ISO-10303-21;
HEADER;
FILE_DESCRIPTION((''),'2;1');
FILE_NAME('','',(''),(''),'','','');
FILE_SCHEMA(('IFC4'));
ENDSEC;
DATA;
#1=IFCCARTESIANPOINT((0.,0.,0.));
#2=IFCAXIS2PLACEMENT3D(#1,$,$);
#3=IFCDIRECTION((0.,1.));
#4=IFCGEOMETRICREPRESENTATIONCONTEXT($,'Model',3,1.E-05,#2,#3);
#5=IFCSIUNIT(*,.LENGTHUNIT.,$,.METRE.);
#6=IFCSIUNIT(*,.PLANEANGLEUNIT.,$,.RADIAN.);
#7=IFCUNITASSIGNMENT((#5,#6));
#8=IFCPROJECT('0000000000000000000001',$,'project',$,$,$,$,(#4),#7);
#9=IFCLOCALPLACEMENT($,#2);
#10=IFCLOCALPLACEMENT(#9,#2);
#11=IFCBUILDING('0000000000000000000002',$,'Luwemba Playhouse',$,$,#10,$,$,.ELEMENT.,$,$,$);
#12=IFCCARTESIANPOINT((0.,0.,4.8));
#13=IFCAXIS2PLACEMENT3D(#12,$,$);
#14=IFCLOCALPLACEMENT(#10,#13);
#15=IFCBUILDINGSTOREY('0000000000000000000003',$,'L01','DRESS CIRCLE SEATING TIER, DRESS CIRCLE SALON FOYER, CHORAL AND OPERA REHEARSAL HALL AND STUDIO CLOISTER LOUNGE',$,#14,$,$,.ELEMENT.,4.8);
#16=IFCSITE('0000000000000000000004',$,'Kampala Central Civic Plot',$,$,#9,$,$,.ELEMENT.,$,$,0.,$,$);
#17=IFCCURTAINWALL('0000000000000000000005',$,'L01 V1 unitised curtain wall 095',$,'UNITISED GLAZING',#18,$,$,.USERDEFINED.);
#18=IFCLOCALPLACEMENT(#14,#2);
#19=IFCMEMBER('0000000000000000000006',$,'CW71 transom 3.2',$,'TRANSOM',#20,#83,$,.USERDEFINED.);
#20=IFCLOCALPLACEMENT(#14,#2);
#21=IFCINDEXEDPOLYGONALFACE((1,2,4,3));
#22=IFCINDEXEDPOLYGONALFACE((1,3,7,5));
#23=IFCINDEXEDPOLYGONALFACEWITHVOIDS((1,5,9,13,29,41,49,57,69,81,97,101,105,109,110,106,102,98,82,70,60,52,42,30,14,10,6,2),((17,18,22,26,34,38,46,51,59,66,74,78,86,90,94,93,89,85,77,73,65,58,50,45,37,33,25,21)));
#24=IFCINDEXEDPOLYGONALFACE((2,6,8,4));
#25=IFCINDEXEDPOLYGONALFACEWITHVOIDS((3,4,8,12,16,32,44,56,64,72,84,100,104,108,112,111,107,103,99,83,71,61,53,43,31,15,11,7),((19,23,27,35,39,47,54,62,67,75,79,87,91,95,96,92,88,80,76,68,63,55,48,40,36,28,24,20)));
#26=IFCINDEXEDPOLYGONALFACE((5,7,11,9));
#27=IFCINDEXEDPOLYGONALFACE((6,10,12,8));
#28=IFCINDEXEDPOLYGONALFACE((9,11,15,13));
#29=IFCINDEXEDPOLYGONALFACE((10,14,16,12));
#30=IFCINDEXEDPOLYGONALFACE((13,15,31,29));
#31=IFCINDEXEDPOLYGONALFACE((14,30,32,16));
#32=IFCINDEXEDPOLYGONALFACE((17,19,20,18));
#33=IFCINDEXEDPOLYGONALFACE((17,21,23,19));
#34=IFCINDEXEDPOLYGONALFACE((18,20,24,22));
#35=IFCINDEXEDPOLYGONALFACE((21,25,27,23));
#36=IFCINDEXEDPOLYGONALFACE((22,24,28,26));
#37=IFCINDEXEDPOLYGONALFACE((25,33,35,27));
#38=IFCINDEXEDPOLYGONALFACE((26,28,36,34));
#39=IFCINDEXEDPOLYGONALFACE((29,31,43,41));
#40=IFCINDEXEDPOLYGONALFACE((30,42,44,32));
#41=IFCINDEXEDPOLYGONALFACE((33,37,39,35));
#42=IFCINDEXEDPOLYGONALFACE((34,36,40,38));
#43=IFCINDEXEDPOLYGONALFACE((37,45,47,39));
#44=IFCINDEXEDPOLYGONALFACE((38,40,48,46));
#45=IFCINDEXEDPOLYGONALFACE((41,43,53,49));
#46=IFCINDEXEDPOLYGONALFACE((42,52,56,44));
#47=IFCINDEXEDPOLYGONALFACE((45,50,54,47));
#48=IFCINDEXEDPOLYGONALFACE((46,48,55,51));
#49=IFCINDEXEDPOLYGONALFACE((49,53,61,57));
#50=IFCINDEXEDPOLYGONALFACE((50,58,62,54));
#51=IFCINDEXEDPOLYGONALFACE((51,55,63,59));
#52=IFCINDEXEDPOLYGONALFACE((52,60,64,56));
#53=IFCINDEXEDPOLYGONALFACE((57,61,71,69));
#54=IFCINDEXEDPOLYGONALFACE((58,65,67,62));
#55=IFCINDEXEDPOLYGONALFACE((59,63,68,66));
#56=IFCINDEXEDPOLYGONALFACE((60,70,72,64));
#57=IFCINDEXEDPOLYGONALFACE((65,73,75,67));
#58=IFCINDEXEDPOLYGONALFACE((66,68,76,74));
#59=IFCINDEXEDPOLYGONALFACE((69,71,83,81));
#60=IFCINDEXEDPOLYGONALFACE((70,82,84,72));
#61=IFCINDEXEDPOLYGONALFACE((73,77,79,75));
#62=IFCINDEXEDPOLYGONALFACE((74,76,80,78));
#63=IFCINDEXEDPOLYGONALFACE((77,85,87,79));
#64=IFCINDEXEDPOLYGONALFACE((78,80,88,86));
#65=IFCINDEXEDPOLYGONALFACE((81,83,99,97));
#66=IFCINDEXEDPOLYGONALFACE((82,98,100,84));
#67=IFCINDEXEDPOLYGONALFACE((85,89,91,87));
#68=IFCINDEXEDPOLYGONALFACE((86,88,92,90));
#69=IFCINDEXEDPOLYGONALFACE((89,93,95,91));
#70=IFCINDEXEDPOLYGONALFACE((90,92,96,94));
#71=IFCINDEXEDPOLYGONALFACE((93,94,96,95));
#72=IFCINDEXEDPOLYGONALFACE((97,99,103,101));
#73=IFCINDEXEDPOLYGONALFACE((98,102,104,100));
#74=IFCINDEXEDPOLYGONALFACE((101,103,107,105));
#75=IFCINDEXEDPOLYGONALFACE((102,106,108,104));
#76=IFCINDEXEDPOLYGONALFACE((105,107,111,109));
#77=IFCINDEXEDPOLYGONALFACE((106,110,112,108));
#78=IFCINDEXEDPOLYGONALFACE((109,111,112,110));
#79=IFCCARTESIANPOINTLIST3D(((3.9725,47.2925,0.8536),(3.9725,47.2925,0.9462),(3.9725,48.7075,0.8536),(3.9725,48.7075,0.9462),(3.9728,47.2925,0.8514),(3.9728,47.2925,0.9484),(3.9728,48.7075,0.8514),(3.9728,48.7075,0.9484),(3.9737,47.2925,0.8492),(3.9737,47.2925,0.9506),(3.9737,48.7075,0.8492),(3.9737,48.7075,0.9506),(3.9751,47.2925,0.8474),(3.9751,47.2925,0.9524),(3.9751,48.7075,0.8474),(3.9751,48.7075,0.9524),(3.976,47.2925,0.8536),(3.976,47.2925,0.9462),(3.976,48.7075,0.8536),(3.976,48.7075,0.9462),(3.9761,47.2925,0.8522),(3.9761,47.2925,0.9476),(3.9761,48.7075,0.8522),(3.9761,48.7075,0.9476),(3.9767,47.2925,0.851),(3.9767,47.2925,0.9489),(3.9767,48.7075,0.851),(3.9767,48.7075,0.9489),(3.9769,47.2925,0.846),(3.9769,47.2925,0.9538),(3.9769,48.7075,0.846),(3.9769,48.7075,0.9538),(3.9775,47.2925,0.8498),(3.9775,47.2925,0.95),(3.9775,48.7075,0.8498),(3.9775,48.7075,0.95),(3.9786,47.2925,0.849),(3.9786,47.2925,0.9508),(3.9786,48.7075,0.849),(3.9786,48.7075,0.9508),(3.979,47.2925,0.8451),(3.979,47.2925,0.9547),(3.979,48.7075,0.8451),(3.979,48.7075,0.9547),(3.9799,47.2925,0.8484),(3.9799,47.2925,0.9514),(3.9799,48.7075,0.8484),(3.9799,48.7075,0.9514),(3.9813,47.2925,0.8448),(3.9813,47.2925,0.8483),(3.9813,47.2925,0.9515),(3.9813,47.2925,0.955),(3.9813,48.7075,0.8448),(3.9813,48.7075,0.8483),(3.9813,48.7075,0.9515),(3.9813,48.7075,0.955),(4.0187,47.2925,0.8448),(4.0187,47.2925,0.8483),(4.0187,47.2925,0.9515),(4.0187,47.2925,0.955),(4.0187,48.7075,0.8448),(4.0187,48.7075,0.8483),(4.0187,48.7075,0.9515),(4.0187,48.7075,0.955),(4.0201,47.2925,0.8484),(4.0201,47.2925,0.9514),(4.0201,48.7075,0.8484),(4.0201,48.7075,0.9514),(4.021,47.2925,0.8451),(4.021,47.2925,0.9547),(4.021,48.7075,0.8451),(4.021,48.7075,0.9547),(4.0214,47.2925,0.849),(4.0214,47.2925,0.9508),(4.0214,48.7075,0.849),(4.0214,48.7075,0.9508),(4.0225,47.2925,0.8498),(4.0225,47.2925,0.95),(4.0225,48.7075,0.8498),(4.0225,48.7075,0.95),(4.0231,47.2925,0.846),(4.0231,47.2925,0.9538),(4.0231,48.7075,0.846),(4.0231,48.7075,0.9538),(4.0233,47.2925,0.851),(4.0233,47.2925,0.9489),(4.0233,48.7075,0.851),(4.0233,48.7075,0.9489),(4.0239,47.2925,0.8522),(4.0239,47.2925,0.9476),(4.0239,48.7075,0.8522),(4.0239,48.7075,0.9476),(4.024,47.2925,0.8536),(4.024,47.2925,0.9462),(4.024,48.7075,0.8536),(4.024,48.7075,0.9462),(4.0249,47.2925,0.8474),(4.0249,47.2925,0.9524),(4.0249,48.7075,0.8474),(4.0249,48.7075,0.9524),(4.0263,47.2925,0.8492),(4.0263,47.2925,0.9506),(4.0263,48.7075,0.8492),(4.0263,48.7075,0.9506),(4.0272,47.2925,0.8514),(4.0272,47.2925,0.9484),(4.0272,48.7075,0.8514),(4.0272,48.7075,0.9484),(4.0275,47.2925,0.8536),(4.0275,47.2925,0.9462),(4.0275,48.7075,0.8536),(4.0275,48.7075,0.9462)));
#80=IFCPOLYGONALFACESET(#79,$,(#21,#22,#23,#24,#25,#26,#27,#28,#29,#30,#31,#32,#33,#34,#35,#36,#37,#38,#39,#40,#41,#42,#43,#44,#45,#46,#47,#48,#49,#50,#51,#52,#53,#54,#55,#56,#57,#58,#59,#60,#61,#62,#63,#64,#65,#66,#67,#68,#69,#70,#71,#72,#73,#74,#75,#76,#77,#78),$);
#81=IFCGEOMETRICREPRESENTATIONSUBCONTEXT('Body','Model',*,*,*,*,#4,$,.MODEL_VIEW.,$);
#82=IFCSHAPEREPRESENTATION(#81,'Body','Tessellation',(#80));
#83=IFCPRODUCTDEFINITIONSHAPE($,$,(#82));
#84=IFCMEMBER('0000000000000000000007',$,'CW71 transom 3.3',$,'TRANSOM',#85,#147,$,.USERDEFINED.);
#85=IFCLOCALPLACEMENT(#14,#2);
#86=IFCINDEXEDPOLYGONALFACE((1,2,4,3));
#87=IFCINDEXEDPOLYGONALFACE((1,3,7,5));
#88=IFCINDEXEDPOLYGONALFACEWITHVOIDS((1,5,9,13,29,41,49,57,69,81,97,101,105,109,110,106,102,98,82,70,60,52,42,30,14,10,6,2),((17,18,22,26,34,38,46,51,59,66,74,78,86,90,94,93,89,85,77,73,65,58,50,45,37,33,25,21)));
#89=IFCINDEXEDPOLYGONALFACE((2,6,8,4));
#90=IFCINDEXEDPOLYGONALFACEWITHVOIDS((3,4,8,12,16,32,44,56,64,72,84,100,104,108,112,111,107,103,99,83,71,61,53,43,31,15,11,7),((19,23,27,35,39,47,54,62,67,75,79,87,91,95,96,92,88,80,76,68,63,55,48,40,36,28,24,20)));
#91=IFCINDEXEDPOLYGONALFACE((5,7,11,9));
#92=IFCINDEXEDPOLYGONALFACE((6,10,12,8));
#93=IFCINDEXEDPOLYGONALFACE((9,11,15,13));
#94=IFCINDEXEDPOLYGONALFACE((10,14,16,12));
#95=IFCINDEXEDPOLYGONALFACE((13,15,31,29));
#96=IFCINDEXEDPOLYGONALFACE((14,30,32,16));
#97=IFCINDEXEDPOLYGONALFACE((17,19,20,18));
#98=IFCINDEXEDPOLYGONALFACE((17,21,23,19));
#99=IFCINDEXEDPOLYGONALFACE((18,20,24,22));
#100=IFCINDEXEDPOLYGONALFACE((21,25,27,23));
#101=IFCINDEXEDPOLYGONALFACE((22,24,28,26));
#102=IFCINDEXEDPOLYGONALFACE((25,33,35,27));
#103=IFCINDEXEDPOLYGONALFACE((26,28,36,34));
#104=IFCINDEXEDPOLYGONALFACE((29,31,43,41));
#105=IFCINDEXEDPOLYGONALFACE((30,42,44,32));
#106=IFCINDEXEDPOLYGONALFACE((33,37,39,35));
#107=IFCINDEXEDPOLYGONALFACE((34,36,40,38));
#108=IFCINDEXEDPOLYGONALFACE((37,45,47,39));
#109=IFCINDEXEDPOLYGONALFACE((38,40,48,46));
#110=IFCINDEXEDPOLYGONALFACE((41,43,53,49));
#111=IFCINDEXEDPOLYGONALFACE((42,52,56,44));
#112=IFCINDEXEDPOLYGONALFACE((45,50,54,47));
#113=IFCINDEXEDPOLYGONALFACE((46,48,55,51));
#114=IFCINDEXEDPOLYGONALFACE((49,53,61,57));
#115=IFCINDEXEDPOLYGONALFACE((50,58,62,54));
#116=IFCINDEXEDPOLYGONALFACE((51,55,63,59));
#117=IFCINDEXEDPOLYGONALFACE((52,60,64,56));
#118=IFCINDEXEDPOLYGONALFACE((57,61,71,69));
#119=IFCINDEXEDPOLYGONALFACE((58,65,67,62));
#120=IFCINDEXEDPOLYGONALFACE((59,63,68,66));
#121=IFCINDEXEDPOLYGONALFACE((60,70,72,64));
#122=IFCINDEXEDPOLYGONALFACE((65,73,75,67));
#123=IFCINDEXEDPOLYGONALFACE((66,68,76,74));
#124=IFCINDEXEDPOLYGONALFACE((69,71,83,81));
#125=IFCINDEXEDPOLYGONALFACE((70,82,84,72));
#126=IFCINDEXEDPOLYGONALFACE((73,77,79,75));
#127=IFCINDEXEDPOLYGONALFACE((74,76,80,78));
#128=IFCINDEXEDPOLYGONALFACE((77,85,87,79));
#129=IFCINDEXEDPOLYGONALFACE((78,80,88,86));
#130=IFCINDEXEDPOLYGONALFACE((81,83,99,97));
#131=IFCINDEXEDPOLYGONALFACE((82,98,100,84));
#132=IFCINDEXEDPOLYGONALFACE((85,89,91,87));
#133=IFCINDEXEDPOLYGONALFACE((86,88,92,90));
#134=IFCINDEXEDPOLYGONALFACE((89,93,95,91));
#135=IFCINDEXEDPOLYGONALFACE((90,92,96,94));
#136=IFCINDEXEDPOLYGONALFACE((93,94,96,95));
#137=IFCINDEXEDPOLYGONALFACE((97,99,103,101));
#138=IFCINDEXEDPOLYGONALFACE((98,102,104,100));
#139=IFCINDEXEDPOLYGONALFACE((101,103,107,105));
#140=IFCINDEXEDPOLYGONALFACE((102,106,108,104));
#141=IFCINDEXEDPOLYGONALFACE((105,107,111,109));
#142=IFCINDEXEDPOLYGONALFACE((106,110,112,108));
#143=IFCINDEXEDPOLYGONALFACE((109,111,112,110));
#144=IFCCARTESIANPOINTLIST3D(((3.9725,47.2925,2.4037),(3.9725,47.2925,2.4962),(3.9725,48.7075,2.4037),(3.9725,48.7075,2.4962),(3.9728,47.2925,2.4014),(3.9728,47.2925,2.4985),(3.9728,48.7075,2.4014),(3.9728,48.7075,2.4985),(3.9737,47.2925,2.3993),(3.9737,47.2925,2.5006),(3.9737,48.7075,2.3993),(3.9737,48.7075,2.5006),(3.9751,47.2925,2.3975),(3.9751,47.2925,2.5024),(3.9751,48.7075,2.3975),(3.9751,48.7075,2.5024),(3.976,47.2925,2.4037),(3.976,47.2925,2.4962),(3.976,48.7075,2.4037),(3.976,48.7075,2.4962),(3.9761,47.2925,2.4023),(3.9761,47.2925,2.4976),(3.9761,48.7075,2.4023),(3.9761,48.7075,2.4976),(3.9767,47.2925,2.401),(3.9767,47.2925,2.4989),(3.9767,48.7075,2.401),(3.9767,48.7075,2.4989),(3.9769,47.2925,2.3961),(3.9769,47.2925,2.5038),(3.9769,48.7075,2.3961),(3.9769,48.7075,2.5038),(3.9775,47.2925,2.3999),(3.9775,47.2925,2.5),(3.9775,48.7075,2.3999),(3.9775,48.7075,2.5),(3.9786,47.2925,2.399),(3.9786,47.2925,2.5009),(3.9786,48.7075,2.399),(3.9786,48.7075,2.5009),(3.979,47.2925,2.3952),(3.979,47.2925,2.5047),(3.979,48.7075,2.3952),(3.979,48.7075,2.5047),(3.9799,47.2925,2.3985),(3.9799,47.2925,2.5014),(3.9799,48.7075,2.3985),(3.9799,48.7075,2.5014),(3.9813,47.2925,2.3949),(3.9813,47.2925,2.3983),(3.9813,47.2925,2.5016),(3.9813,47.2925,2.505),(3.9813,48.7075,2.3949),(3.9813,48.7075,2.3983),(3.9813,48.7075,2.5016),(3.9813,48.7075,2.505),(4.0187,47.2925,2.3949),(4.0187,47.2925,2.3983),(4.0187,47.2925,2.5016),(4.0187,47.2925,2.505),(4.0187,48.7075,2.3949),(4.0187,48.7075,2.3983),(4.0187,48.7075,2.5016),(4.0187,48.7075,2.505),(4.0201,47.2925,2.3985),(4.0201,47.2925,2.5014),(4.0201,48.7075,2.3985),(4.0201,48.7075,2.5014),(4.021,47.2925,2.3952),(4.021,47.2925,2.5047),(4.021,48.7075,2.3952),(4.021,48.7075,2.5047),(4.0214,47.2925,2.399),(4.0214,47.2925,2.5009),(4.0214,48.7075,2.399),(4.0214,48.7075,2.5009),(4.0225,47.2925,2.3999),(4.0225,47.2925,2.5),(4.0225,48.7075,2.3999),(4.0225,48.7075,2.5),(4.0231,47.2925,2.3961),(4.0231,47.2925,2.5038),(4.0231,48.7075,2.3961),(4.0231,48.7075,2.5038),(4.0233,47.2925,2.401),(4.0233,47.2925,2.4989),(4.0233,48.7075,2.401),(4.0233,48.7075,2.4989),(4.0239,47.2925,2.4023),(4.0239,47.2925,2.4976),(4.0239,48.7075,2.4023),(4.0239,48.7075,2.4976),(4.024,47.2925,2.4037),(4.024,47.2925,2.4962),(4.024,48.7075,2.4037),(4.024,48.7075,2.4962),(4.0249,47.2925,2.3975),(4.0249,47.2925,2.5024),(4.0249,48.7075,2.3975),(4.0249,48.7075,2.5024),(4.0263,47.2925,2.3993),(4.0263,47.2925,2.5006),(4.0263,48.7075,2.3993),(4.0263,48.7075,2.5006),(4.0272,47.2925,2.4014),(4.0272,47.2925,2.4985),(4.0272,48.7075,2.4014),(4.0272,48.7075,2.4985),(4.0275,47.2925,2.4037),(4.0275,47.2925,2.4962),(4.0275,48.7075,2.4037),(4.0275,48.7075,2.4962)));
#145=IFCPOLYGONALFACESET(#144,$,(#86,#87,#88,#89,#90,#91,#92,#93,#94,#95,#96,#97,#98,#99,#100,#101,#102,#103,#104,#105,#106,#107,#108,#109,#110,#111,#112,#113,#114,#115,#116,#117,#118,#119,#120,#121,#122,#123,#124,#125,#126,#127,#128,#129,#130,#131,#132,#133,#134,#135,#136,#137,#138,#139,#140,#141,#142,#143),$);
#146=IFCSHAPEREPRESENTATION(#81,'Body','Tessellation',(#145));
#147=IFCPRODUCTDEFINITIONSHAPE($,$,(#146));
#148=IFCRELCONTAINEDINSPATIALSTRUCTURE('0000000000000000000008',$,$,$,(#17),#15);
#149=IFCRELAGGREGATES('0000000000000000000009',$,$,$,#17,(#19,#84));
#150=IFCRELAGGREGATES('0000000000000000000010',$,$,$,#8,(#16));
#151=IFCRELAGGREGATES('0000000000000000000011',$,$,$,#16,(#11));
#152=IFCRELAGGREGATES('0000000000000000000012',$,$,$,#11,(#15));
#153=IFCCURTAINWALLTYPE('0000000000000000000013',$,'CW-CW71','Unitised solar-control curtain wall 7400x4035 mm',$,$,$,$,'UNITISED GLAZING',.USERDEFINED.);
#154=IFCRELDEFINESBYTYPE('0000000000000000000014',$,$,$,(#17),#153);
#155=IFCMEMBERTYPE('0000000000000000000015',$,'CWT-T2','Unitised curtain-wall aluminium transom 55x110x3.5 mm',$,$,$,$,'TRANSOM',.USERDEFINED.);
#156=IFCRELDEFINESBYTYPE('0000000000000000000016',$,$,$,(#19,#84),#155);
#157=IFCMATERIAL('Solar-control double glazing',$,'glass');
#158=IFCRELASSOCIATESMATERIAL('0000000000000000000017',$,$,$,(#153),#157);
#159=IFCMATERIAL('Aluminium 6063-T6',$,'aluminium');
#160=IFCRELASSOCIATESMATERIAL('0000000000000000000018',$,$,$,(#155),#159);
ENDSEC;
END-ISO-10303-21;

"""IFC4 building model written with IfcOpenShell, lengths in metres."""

from ifc_helpers import new_model, si_unit, direction, frame, origin, origin_2d, place, context, subcontext, project, spatial, hollow_rectangle, extrude, material, material_profile, profile_set, type_object, element, aggregate, save


model = new_model("IFC4")

# Units and contexts
model_context = context("Model", 3, precision=1e-05, world=origin(), true_north=direction((0.0, 1.0)))
body_context = subcontext(model_context, "Body", "Model", "MODEL_VIEW")
ifc_project = project(units=[si_unit("LENGTHUNIT", "METRE"), si_unit("PLANEANGLEUNIT", "RADIAN")], contexts=[model_context])

# Site, building, storey
site_placement = place(None, origin())
site = spatial("IfcSite", under=ifc_project, at=site_placement, Name="Kampala Central Civic Plot", CompositionType="ELEMENT", RefElevation=0.0)
building_placement = place(site_placement, origin())
building = spatial("IfcBuilding", under=site, at=building_placement, Name="Luwemba Playhouse", CompositionType="ELEMENT")
storey_placement = place(building_placement, frame((0.0, 0.0, 4.8)))
storey = spatial("IfcBuildingStorey", under=building, at=storey_placement, Name="L01", Description="DRESS CIRCLE SEATING TIER, DRESS CIRCLE SALON FOYER, CHORAL AND OPERA REHEARSAL HALL AND STUDIO CLOISTER LOUNGE", CompositionType="ELEMENT", Elevation=4.8)

# Curtain wall, members
ifc_material_1 = material(Name="Solar-control double glazing", Category="glass")
curtain_wall_type = type_object("IfcCurtainWallType", Name="CW-CW71", Description="Unitised solar-control curtain wall 7400x4035 mm", ElementType="UNITISED GLAZING", PredefinedType="USERDEFINED", material=ifc_material_1)
curtain_wall_placement = place(storey_placement, origin())
curtain_wall = element("IfcCurtainWall", 1, at=curtain_wall_placement, inside=storey, type_object=curtain_wall_type, Name="L01 V1 unitised curtain wall 095", ObjectType="UNITISED GLAZING", PredefinedType="USERDEFINED")
ifc_material_2 = material(Name="Aluminium 6063-T6", Category="aluminium")
ifc_material_profile_1 = material_profile(ifc_material_2, hollow_rectangle(XDim=0.0549, YDim=0.1101, WallThickness=0.0034, InnerFilletRadius=0.0054, OuterFilletRadius=0.0088, at=origin_2d()))
ifc_profile_set_1 = profile_set([ifc_material_profile_1], Name="Aluminium 6063-T6")
member_type_1 = type_object("IfcMemberType", Name="CWT-T2", Description="Unitised curtain-wall aluminium transom 55x110x3.5 mm", ElementType="TRANSOM", PredefinedType="USERDEFINED", material=ifc_profile_set_1)
member_1_placement = place(storey_placement, frame((4.0, 47.2925, 0.8999), z_axis=(0.0, 1.0, 0.0), x_axis=(-1.0, 0.0, 0.0)))
member_1 = element("IfcMember", 2, at=member_1_placement, type_object=member_type_1, Name="CW71 transom 3.2", ObjectType="TRANSOM", PredefinedType="USERDEFINED", context=body_context, shape_type="SweptSolid", body=[
    extrude(hollow_rectangle(XDim=0.0549, YDim=0.1101, WallThickness=0.0034, InnerFilletRadius=0.0054, OuterFilletRadius=0.0088, at=origin_2d()), origin(), (0.0, 0.0, 1.0), 1.415),
])
member_2_placement = place(storey_placement, frame((4.0, 47.2925, 2.45), z_axis=(0.0, 1.0, 0.0), x_axis=(-1.0, 0.0, 0.0)))
member_2 = element("IfcMember", 3, at=member_2_placement, type_object=member_type_1, Name="CW71 transom 3.3", ObjectType="TRANSOM", PredefinedType="USERDEFINED", context=body_context, shape_type="SweptSolid", body=[
    extrude(hollow_rectangle(XDim=0.0549, YDim=0.1101, WallThickness=0.0034, InnerFilletRadius=0.0054, OuterFilletRadius=0.0088, at=origin_2d()), origin(), (0.0, 0.0, 1.0), 1.415),
])
aggregate(curtain_wall, [member_1, member_2])

save(model, "model.ifc")
